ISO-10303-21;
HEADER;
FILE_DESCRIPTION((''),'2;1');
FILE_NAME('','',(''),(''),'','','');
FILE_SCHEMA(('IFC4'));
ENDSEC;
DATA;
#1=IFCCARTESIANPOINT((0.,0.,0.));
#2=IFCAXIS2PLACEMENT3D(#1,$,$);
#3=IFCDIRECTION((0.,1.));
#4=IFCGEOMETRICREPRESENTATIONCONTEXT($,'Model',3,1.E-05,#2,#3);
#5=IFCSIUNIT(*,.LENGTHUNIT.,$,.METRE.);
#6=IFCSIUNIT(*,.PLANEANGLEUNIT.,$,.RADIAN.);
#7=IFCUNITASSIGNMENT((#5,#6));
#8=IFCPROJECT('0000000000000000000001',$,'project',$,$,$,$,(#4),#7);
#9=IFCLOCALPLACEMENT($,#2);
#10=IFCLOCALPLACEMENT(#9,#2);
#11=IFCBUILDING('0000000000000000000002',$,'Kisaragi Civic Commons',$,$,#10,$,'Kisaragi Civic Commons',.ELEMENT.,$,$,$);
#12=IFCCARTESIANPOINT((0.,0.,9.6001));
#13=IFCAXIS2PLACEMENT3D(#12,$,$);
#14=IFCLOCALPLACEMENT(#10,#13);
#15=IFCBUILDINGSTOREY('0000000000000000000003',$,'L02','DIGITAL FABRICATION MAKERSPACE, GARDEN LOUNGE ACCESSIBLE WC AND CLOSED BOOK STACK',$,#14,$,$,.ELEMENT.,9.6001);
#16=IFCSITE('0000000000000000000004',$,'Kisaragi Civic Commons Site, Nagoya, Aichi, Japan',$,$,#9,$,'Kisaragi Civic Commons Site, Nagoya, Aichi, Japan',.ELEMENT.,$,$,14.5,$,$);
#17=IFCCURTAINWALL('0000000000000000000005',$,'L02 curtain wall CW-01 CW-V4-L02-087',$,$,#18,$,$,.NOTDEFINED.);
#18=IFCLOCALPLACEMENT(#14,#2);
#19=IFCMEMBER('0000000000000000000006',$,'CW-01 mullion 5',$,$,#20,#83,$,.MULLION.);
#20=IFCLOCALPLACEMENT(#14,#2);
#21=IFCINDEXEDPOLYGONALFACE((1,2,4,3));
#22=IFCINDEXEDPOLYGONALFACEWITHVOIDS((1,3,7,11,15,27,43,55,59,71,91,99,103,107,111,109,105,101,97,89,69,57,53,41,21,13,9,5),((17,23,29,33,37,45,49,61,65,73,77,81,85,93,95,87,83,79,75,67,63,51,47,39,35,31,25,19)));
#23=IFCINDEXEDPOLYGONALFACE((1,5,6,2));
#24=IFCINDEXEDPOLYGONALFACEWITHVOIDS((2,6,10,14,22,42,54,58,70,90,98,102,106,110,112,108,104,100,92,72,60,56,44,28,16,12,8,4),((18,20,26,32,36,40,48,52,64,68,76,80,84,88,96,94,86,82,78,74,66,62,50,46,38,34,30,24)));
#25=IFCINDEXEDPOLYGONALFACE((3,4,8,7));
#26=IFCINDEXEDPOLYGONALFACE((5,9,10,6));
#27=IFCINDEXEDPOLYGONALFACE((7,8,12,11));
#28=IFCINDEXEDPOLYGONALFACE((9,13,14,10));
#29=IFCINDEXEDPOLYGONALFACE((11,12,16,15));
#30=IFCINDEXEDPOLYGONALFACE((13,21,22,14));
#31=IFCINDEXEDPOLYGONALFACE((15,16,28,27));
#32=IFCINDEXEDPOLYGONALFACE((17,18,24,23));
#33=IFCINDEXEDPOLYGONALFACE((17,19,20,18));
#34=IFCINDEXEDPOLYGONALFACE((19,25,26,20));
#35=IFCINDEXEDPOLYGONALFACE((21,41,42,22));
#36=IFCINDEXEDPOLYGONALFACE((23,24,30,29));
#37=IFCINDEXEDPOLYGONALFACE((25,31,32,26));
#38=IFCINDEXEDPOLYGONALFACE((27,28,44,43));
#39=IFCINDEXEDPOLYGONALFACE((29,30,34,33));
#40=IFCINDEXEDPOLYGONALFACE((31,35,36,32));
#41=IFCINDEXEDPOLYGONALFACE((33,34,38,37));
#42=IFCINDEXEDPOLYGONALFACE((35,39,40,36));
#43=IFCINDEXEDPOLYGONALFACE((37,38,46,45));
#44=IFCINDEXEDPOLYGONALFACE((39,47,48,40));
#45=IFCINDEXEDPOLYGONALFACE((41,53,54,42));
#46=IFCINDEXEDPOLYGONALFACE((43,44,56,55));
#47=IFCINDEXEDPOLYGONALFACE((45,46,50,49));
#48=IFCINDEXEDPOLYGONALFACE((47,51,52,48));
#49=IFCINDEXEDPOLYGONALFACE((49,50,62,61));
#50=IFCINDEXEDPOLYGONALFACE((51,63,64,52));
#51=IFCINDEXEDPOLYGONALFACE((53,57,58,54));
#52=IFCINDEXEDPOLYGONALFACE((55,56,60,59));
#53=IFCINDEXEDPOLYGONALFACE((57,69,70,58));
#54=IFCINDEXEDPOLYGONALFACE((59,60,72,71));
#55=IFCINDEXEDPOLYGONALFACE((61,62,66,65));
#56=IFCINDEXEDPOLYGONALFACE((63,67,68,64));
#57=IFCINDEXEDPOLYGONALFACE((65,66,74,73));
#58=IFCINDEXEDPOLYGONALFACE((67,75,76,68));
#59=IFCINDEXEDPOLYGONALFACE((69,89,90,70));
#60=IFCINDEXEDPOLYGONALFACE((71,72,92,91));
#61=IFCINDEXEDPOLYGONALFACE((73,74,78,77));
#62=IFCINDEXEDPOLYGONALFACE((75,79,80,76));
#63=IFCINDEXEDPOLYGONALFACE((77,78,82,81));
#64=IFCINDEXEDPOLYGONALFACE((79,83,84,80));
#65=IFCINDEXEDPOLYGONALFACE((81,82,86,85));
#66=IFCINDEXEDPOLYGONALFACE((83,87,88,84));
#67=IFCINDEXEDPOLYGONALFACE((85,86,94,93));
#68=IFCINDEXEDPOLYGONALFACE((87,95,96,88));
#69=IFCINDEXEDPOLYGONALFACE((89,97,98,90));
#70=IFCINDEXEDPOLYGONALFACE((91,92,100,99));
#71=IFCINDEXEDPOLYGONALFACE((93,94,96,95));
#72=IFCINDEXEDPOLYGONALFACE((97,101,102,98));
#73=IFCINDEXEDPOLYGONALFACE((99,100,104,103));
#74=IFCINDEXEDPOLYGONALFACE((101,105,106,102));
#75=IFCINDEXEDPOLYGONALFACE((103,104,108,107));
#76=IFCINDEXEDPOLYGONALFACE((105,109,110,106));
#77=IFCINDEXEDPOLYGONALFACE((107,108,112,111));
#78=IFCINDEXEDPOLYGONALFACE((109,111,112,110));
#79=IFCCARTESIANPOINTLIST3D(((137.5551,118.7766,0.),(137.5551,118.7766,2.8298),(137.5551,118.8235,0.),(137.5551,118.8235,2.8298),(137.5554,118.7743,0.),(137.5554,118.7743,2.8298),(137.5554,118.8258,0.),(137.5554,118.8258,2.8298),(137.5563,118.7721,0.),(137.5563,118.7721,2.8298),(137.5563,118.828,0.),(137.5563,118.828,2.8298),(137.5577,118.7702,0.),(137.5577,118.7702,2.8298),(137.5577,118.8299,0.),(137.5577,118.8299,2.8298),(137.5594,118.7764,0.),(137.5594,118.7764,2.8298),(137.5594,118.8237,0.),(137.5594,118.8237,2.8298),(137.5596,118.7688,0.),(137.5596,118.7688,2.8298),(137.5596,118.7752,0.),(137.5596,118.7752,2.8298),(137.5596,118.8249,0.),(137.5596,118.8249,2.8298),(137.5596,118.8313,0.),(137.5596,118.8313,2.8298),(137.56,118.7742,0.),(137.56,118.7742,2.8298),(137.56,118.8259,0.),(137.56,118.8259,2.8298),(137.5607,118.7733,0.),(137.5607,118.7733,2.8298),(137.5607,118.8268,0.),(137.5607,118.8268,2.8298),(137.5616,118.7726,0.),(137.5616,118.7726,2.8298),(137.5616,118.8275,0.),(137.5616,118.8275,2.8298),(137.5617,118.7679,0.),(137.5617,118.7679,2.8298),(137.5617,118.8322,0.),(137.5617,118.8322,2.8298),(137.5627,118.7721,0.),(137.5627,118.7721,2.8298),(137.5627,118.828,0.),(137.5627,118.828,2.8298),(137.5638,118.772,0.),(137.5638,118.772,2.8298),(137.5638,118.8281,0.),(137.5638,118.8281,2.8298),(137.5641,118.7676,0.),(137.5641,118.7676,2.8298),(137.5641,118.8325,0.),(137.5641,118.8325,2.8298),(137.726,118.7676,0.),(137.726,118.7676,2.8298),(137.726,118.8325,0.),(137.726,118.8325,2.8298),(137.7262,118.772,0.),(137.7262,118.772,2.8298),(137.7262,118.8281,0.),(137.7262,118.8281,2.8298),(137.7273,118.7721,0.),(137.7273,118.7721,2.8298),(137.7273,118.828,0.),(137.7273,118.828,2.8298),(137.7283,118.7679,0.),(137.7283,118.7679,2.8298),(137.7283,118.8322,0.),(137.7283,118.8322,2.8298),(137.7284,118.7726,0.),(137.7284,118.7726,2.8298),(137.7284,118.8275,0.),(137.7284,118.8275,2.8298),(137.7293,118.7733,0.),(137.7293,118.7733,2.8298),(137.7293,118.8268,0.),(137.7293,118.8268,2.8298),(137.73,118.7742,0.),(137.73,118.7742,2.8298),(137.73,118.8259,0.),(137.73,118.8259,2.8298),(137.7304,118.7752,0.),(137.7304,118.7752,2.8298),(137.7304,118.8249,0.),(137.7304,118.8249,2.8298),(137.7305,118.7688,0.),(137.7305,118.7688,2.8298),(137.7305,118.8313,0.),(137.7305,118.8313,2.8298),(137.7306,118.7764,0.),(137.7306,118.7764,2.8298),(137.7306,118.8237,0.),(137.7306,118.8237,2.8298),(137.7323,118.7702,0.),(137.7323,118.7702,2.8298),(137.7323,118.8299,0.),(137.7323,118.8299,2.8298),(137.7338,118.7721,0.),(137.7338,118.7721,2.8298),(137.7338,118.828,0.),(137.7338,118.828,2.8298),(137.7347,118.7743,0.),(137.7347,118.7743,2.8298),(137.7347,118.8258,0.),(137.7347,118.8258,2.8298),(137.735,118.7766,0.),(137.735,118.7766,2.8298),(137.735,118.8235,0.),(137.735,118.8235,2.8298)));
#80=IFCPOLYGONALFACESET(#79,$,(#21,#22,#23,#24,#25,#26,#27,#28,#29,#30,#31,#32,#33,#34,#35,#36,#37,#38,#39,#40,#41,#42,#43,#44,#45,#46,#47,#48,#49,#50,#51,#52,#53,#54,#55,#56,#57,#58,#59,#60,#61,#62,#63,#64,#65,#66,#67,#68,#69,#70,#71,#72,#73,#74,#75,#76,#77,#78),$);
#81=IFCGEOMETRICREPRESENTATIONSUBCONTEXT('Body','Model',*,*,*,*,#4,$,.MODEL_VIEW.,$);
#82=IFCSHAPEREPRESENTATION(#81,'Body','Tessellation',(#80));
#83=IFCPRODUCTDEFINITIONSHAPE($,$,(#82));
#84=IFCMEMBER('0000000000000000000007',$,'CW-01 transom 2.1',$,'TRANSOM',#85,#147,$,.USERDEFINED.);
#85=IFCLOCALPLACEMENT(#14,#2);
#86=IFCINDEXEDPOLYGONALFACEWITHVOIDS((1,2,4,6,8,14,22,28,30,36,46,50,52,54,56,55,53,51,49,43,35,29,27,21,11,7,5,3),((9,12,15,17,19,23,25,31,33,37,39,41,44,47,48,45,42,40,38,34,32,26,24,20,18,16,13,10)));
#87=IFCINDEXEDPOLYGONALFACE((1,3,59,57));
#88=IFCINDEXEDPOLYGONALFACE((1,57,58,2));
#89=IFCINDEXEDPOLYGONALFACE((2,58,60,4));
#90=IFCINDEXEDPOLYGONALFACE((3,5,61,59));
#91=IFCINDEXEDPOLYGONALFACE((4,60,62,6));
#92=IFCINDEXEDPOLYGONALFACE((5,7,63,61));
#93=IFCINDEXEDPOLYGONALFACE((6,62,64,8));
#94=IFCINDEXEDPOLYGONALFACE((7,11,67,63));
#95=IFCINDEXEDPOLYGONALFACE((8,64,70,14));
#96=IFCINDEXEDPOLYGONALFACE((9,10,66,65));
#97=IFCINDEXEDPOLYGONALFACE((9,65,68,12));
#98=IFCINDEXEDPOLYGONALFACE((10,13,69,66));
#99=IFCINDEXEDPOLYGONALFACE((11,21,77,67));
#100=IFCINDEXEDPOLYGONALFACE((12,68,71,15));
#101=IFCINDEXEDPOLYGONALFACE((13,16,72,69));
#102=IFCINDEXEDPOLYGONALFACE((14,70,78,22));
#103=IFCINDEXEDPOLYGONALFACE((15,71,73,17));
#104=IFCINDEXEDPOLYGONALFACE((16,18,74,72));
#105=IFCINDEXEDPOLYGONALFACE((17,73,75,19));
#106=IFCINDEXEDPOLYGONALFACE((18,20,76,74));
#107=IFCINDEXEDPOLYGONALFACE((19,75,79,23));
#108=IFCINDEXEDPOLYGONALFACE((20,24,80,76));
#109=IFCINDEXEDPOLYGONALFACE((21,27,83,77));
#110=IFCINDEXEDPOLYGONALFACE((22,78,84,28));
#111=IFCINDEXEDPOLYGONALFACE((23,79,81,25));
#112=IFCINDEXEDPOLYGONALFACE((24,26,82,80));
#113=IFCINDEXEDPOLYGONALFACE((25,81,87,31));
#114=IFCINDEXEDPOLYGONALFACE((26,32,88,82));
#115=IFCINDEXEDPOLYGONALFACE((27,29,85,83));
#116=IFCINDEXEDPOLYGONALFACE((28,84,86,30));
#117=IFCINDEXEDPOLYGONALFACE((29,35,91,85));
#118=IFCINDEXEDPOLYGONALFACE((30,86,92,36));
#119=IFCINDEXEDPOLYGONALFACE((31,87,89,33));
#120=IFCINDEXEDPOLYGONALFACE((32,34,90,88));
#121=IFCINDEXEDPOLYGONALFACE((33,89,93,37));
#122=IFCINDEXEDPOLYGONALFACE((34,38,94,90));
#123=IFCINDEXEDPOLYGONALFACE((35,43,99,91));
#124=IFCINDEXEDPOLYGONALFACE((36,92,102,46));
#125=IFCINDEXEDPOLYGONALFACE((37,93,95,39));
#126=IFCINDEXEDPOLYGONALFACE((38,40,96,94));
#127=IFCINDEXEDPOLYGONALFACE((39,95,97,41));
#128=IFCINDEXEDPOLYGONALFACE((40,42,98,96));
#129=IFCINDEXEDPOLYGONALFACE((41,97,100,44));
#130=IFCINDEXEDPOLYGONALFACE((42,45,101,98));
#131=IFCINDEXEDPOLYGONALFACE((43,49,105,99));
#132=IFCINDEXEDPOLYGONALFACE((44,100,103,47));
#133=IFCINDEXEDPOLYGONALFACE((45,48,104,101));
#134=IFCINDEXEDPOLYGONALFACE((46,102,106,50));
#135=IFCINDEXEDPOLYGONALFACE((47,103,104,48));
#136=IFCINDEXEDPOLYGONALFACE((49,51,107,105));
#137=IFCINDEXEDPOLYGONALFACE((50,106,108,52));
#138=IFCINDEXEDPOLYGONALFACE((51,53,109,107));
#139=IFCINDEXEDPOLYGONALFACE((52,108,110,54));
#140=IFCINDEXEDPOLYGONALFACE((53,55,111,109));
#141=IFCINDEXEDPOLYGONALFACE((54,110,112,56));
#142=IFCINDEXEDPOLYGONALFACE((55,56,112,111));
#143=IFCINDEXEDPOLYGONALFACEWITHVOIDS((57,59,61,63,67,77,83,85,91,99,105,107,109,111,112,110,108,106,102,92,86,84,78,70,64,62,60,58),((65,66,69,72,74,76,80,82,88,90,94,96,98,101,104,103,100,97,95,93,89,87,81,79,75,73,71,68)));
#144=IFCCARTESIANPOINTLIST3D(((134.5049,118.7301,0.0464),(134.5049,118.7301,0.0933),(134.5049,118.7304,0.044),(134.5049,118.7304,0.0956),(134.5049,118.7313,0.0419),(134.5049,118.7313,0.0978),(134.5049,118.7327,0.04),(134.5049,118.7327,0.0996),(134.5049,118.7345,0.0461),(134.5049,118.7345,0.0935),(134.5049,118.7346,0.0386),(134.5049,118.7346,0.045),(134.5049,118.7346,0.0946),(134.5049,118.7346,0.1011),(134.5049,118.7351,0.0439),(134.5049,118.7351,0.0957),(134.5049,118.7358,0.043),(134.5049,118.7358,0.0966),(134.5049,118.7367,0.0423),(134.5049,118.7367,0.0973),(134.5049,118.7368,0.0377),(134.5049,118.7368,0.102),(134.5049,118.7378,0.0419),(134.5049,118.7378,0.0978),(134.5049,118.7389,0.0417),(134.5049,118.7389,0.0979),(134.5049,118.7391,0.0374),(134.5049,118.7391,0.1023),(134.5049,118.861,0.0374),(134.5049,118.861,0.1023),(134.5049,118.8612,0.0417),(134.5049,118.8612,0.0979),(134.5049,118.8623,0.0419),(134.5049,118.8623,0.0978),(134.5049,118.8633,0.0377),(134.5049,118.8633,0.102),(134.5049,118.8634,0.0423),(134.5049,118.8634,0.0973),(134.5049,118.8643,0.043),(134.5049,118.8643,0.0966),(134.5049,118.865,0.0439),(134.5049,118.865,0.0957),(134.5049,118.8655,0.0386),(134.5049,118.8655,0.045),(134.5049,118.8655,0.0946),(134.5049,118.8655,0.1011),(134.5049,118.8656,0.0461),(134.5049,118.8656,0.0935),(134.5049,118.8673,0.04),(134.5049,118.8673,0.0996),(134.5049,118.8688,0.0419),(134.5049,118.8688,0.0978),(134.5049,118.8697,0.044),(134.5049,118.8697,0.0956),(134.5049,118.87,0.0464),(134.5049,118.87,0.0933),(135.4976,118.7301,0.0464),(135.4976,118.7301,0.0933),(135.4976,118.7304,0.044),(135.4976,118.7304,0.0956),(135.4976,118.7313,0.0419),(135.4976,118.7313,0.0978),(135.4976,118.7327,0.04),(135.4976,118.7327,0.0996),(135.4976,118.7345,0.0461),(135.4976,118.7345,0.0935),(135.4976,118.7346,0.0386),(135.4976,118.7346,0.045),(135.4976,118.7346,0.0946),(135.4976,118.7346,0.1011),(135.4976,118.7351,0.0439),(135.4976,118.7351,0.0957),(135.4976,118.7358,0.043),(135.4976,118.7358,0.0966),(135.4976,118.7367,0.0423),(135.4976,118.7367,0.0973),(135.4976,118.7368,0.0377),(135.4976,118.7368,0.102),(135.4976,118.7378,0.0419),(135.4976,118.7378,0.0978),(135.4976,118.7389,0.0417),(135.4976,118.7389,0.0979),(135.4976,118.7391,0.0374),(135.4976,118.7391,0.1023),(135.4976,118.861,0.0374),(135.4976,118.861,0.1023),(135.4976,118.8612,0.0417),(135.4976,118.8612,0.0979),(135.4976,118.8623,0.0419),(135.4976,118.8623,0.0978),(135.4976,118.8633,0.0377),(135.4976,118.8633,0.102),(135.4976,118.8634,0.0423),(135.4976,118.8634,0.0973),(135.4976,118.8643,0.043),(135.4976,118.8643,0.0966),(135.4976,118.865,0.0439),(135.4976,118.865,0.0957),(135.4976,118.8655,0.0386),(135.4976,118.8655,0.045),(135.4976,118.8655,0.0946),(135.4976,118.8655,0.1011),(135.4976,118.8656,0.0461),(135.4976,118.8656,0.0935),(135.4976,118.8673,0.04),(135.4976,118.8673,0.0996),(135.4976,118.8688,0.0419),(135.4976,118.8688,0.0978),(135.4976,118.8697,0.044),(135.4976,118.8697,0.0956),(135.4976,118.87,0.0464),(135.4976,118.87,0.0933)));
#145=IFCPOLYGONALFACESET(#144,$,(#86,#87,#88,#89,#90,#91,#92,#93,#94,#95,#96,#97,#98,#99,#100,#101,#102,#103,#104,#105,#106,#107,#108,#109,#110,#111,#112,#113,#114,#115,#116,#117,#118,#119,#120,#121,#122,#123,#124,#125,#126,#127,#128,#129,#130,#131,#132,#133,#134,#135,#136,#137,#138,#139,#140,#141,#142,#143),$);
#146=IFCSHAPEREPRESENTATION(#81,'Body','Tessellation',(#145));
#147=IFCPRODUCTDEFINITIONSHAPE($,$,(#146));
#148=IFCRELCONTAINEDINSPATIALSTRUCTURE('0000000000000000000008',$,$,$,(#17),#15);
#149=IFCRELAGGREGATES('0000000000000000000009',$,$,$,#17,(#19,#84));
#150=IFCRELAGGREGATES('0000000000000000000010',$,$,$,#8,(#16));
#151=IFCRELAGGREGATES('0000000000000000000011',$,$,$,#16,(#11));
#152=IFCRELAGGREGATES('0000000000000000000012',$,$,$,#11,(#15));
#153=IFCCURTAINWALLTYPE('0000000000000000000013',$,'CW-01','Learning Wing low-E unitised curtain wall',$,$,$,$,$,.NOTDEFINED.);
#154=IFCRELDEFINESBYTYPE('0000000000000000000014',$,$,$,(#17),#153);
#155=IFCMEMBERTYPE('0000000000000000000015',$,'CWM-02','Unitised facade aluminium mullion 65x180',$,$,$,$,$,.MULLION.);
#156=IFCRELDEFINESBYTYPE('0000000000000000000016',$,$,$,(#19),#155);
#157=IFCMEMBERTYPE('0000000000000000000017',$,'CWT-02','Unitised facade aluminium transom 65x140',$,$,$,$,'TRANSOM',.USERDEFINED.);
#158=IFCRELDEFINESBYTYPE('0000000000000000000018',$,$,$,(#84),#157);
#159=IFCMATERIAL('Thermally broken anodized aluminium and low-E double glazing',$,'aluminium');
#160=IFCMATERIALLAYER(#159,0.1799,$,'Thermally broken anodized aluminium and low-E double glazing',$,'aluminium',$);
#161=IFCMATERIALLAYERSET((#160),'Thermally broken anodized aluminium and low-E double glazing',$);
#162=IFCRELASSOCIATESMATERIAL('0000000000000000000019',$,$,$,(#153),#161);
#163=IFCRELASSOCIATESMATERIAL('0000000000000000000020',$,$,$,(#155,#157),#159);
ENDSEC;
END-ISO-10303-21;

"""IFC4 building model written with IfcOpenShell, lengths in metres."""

from ifc_helpers import new_model, si_unit, direction, frame, origin, origin_2d, place, context, subcontext, project, spatial, hollow_rectangle, extrude, material, layer, layer_set, material_profile, profile_set, type_object, element, aggregate, save


model = new_model("IFC4")

# Units and contexts
model_context = context("Model", 3, precision=1e-05, world=origin(), true_north=direction((0.0, 1.0)))
body_context = subcontext(model_context, "Body", "Model", "MODEL_VIEW")
ifc_project = project(units=[si_unit("LENGTHUNIT", "METRE"), si_unit("PLANEANGLEUNIT", "RADIAN")], contexts=[model_context])

# Site, building, storey
site_placement = place(None, origin())
site = spatial("IfcSite", under=ifc_project, at=site_placement, Name="Kisaragi Civic Commons Site, Nagoya, Aichi, Japan", LongName="Kisaragi Civic Commons Site, Nagoya, Aichi, Japan", CompositionType="ELEMENT", RefElevation=14.5)
building_placement = place(site_placement, origin())
building = spatial("IfcBuilding", under=site, at=building_placement, Name="Kisaragi Civic Commons", LongName="Kisaragi Civic Commons", CompositionType="ELEMENT")
storey_placement = place(building_placement, frame((0.0, 0.0, 9.6001)))
storey = spatial("IfcBuildingStorey", under=building, at=storey_placement, Name="L02", Description="DIGITAL FABRICATION MAKERSPACE, GARDEN LOUNGE ACCESSIBLE WC AND CLOSED BOOK STACK", CompositionType="ELEMENT", Elevation=9.6001)

# Curtain wall, members
ifc_material_1 = material(Name="Thermally broken anodized aluminium and low-E double glazing", Category="aluminium")
ifc_layer_1 = layer(ifc_material_1, 0.1799, Name="Thermally broken anodized aluminium and low-E double glazing", Category="aluminium")
ifc_layer_set_1 = layer_set([ifc_layer_1], Name="Thermally broken anodized aluminium and low-E double glazing")
curtain_wall_type = type_object("IfcCurtainWallType", Name="CW-01", Description="Learning Wing low-E unitised curtain wall", PredefinedType="NOTDEFINED", material=ifc_layer_set_1)
curtain_wall_placement = place(storey_placement, origin())
curtain_wall = element("IfcCurtainWall", 1, at=curtain_wall_placement, inside=storey, type_object=curtain_wall_type, Name="L02 curtain wall CW-01 CW-V4-L02-087", PredefinedType="NOTDEFINED")
ifc_material_profile_1 = material_profile(ifc_material_1, hollow_rectangle(XDim=0.0649, YDim=0.1799, WallThickness=0.0044, InnerFilletRadius=0.0044, OuterFilletRadius=0.009, at=origin_2d()), Name="CWM-65x180x4.5", Category="aluminium")
ifc_profile_set_1 = profile_set([ifc_material_profile_1], Name="Thermally broken anodized aluminium and low-E double glazing")
member_type_1 = type_object("IfcMemberType", Name="CWM-02", Description="Unitised facade aluminium mullion 65x180", PredefinedType="MULLION", material=ifc_profile_set_1)
member_1_placement = place(storey_placement, frame((137.645, 118.8, 0.0), z_axis=(0.0, 0.0, 1.0), x_axis=(0.0, 1.0, 0.0)))
member_1 = element("IfcMember", 2, at=member_1_placement, type_object=member_type_1, Name="CW-01 mullion 5", PredefinedType="MULLION", context=body_context, shape_type="SweptSolid", body=[
    extrude(hollow_rectangle(XDim=0.0649, YDim=0.1799, WallThickness=0.0044, InnerFilletRadius=0.0044, OuterFilletRadius=0.009, at=origin_2d()), origin(), (0.0, 0.0, 1.0), 2.8298),
])
ifc_material_profile_2 = material_profile(ifc_material_1, hollow_rectangle(XDim=0.1399, YDim=0.0649, WallThickness=0.0044, InnerFilletRadius=0.0044, OuterFilletRadius=0.009, at=origin_2d()), Name="CWT-65x140x4.5", Category="aluminium")
ifc_profile_set_2 = profile_set([ifc_material_profile_2], Name="Thermally broken anodized aluminium and low-E double glazing")
member_type_2 = type_object("IfcMemberType", Name="CWT-02", Description="Unitised facade aluminium transom 65x140", ElementType="TRANSOM", PredefinedType="USERDEFINED", material=ifc_profile_set_2)
member_2_placement = place(storey_placement, frame((134.5049, 118.8, 0.0698), z_axis=(1.0, 0.0, 0.0), x_axis=(0.0, 1.0, 0.0)))
member_2 = element("IfcMember", 3, at=member_2_placement, type_object=member_type_2, Name="CW-01 transom 2.1", ObjectType="TRANSOM", PredefinedType="USERDEFINED", context=body_context, shape_type="SweptSolid", body=[
    extrude(hollow_rectangle(XDim=0.1399, YDim=0.0649, WallThickness=0.0044, InnerFilletRadius=0.0044, OuterFilletRadius=0.009, at=origin_2d()), origin(), (0.0, 0.0, 1.0), 0.9927),
])
aggregate(curtain_wall, [member_1, member_2])

save(model, "model.ifc")
